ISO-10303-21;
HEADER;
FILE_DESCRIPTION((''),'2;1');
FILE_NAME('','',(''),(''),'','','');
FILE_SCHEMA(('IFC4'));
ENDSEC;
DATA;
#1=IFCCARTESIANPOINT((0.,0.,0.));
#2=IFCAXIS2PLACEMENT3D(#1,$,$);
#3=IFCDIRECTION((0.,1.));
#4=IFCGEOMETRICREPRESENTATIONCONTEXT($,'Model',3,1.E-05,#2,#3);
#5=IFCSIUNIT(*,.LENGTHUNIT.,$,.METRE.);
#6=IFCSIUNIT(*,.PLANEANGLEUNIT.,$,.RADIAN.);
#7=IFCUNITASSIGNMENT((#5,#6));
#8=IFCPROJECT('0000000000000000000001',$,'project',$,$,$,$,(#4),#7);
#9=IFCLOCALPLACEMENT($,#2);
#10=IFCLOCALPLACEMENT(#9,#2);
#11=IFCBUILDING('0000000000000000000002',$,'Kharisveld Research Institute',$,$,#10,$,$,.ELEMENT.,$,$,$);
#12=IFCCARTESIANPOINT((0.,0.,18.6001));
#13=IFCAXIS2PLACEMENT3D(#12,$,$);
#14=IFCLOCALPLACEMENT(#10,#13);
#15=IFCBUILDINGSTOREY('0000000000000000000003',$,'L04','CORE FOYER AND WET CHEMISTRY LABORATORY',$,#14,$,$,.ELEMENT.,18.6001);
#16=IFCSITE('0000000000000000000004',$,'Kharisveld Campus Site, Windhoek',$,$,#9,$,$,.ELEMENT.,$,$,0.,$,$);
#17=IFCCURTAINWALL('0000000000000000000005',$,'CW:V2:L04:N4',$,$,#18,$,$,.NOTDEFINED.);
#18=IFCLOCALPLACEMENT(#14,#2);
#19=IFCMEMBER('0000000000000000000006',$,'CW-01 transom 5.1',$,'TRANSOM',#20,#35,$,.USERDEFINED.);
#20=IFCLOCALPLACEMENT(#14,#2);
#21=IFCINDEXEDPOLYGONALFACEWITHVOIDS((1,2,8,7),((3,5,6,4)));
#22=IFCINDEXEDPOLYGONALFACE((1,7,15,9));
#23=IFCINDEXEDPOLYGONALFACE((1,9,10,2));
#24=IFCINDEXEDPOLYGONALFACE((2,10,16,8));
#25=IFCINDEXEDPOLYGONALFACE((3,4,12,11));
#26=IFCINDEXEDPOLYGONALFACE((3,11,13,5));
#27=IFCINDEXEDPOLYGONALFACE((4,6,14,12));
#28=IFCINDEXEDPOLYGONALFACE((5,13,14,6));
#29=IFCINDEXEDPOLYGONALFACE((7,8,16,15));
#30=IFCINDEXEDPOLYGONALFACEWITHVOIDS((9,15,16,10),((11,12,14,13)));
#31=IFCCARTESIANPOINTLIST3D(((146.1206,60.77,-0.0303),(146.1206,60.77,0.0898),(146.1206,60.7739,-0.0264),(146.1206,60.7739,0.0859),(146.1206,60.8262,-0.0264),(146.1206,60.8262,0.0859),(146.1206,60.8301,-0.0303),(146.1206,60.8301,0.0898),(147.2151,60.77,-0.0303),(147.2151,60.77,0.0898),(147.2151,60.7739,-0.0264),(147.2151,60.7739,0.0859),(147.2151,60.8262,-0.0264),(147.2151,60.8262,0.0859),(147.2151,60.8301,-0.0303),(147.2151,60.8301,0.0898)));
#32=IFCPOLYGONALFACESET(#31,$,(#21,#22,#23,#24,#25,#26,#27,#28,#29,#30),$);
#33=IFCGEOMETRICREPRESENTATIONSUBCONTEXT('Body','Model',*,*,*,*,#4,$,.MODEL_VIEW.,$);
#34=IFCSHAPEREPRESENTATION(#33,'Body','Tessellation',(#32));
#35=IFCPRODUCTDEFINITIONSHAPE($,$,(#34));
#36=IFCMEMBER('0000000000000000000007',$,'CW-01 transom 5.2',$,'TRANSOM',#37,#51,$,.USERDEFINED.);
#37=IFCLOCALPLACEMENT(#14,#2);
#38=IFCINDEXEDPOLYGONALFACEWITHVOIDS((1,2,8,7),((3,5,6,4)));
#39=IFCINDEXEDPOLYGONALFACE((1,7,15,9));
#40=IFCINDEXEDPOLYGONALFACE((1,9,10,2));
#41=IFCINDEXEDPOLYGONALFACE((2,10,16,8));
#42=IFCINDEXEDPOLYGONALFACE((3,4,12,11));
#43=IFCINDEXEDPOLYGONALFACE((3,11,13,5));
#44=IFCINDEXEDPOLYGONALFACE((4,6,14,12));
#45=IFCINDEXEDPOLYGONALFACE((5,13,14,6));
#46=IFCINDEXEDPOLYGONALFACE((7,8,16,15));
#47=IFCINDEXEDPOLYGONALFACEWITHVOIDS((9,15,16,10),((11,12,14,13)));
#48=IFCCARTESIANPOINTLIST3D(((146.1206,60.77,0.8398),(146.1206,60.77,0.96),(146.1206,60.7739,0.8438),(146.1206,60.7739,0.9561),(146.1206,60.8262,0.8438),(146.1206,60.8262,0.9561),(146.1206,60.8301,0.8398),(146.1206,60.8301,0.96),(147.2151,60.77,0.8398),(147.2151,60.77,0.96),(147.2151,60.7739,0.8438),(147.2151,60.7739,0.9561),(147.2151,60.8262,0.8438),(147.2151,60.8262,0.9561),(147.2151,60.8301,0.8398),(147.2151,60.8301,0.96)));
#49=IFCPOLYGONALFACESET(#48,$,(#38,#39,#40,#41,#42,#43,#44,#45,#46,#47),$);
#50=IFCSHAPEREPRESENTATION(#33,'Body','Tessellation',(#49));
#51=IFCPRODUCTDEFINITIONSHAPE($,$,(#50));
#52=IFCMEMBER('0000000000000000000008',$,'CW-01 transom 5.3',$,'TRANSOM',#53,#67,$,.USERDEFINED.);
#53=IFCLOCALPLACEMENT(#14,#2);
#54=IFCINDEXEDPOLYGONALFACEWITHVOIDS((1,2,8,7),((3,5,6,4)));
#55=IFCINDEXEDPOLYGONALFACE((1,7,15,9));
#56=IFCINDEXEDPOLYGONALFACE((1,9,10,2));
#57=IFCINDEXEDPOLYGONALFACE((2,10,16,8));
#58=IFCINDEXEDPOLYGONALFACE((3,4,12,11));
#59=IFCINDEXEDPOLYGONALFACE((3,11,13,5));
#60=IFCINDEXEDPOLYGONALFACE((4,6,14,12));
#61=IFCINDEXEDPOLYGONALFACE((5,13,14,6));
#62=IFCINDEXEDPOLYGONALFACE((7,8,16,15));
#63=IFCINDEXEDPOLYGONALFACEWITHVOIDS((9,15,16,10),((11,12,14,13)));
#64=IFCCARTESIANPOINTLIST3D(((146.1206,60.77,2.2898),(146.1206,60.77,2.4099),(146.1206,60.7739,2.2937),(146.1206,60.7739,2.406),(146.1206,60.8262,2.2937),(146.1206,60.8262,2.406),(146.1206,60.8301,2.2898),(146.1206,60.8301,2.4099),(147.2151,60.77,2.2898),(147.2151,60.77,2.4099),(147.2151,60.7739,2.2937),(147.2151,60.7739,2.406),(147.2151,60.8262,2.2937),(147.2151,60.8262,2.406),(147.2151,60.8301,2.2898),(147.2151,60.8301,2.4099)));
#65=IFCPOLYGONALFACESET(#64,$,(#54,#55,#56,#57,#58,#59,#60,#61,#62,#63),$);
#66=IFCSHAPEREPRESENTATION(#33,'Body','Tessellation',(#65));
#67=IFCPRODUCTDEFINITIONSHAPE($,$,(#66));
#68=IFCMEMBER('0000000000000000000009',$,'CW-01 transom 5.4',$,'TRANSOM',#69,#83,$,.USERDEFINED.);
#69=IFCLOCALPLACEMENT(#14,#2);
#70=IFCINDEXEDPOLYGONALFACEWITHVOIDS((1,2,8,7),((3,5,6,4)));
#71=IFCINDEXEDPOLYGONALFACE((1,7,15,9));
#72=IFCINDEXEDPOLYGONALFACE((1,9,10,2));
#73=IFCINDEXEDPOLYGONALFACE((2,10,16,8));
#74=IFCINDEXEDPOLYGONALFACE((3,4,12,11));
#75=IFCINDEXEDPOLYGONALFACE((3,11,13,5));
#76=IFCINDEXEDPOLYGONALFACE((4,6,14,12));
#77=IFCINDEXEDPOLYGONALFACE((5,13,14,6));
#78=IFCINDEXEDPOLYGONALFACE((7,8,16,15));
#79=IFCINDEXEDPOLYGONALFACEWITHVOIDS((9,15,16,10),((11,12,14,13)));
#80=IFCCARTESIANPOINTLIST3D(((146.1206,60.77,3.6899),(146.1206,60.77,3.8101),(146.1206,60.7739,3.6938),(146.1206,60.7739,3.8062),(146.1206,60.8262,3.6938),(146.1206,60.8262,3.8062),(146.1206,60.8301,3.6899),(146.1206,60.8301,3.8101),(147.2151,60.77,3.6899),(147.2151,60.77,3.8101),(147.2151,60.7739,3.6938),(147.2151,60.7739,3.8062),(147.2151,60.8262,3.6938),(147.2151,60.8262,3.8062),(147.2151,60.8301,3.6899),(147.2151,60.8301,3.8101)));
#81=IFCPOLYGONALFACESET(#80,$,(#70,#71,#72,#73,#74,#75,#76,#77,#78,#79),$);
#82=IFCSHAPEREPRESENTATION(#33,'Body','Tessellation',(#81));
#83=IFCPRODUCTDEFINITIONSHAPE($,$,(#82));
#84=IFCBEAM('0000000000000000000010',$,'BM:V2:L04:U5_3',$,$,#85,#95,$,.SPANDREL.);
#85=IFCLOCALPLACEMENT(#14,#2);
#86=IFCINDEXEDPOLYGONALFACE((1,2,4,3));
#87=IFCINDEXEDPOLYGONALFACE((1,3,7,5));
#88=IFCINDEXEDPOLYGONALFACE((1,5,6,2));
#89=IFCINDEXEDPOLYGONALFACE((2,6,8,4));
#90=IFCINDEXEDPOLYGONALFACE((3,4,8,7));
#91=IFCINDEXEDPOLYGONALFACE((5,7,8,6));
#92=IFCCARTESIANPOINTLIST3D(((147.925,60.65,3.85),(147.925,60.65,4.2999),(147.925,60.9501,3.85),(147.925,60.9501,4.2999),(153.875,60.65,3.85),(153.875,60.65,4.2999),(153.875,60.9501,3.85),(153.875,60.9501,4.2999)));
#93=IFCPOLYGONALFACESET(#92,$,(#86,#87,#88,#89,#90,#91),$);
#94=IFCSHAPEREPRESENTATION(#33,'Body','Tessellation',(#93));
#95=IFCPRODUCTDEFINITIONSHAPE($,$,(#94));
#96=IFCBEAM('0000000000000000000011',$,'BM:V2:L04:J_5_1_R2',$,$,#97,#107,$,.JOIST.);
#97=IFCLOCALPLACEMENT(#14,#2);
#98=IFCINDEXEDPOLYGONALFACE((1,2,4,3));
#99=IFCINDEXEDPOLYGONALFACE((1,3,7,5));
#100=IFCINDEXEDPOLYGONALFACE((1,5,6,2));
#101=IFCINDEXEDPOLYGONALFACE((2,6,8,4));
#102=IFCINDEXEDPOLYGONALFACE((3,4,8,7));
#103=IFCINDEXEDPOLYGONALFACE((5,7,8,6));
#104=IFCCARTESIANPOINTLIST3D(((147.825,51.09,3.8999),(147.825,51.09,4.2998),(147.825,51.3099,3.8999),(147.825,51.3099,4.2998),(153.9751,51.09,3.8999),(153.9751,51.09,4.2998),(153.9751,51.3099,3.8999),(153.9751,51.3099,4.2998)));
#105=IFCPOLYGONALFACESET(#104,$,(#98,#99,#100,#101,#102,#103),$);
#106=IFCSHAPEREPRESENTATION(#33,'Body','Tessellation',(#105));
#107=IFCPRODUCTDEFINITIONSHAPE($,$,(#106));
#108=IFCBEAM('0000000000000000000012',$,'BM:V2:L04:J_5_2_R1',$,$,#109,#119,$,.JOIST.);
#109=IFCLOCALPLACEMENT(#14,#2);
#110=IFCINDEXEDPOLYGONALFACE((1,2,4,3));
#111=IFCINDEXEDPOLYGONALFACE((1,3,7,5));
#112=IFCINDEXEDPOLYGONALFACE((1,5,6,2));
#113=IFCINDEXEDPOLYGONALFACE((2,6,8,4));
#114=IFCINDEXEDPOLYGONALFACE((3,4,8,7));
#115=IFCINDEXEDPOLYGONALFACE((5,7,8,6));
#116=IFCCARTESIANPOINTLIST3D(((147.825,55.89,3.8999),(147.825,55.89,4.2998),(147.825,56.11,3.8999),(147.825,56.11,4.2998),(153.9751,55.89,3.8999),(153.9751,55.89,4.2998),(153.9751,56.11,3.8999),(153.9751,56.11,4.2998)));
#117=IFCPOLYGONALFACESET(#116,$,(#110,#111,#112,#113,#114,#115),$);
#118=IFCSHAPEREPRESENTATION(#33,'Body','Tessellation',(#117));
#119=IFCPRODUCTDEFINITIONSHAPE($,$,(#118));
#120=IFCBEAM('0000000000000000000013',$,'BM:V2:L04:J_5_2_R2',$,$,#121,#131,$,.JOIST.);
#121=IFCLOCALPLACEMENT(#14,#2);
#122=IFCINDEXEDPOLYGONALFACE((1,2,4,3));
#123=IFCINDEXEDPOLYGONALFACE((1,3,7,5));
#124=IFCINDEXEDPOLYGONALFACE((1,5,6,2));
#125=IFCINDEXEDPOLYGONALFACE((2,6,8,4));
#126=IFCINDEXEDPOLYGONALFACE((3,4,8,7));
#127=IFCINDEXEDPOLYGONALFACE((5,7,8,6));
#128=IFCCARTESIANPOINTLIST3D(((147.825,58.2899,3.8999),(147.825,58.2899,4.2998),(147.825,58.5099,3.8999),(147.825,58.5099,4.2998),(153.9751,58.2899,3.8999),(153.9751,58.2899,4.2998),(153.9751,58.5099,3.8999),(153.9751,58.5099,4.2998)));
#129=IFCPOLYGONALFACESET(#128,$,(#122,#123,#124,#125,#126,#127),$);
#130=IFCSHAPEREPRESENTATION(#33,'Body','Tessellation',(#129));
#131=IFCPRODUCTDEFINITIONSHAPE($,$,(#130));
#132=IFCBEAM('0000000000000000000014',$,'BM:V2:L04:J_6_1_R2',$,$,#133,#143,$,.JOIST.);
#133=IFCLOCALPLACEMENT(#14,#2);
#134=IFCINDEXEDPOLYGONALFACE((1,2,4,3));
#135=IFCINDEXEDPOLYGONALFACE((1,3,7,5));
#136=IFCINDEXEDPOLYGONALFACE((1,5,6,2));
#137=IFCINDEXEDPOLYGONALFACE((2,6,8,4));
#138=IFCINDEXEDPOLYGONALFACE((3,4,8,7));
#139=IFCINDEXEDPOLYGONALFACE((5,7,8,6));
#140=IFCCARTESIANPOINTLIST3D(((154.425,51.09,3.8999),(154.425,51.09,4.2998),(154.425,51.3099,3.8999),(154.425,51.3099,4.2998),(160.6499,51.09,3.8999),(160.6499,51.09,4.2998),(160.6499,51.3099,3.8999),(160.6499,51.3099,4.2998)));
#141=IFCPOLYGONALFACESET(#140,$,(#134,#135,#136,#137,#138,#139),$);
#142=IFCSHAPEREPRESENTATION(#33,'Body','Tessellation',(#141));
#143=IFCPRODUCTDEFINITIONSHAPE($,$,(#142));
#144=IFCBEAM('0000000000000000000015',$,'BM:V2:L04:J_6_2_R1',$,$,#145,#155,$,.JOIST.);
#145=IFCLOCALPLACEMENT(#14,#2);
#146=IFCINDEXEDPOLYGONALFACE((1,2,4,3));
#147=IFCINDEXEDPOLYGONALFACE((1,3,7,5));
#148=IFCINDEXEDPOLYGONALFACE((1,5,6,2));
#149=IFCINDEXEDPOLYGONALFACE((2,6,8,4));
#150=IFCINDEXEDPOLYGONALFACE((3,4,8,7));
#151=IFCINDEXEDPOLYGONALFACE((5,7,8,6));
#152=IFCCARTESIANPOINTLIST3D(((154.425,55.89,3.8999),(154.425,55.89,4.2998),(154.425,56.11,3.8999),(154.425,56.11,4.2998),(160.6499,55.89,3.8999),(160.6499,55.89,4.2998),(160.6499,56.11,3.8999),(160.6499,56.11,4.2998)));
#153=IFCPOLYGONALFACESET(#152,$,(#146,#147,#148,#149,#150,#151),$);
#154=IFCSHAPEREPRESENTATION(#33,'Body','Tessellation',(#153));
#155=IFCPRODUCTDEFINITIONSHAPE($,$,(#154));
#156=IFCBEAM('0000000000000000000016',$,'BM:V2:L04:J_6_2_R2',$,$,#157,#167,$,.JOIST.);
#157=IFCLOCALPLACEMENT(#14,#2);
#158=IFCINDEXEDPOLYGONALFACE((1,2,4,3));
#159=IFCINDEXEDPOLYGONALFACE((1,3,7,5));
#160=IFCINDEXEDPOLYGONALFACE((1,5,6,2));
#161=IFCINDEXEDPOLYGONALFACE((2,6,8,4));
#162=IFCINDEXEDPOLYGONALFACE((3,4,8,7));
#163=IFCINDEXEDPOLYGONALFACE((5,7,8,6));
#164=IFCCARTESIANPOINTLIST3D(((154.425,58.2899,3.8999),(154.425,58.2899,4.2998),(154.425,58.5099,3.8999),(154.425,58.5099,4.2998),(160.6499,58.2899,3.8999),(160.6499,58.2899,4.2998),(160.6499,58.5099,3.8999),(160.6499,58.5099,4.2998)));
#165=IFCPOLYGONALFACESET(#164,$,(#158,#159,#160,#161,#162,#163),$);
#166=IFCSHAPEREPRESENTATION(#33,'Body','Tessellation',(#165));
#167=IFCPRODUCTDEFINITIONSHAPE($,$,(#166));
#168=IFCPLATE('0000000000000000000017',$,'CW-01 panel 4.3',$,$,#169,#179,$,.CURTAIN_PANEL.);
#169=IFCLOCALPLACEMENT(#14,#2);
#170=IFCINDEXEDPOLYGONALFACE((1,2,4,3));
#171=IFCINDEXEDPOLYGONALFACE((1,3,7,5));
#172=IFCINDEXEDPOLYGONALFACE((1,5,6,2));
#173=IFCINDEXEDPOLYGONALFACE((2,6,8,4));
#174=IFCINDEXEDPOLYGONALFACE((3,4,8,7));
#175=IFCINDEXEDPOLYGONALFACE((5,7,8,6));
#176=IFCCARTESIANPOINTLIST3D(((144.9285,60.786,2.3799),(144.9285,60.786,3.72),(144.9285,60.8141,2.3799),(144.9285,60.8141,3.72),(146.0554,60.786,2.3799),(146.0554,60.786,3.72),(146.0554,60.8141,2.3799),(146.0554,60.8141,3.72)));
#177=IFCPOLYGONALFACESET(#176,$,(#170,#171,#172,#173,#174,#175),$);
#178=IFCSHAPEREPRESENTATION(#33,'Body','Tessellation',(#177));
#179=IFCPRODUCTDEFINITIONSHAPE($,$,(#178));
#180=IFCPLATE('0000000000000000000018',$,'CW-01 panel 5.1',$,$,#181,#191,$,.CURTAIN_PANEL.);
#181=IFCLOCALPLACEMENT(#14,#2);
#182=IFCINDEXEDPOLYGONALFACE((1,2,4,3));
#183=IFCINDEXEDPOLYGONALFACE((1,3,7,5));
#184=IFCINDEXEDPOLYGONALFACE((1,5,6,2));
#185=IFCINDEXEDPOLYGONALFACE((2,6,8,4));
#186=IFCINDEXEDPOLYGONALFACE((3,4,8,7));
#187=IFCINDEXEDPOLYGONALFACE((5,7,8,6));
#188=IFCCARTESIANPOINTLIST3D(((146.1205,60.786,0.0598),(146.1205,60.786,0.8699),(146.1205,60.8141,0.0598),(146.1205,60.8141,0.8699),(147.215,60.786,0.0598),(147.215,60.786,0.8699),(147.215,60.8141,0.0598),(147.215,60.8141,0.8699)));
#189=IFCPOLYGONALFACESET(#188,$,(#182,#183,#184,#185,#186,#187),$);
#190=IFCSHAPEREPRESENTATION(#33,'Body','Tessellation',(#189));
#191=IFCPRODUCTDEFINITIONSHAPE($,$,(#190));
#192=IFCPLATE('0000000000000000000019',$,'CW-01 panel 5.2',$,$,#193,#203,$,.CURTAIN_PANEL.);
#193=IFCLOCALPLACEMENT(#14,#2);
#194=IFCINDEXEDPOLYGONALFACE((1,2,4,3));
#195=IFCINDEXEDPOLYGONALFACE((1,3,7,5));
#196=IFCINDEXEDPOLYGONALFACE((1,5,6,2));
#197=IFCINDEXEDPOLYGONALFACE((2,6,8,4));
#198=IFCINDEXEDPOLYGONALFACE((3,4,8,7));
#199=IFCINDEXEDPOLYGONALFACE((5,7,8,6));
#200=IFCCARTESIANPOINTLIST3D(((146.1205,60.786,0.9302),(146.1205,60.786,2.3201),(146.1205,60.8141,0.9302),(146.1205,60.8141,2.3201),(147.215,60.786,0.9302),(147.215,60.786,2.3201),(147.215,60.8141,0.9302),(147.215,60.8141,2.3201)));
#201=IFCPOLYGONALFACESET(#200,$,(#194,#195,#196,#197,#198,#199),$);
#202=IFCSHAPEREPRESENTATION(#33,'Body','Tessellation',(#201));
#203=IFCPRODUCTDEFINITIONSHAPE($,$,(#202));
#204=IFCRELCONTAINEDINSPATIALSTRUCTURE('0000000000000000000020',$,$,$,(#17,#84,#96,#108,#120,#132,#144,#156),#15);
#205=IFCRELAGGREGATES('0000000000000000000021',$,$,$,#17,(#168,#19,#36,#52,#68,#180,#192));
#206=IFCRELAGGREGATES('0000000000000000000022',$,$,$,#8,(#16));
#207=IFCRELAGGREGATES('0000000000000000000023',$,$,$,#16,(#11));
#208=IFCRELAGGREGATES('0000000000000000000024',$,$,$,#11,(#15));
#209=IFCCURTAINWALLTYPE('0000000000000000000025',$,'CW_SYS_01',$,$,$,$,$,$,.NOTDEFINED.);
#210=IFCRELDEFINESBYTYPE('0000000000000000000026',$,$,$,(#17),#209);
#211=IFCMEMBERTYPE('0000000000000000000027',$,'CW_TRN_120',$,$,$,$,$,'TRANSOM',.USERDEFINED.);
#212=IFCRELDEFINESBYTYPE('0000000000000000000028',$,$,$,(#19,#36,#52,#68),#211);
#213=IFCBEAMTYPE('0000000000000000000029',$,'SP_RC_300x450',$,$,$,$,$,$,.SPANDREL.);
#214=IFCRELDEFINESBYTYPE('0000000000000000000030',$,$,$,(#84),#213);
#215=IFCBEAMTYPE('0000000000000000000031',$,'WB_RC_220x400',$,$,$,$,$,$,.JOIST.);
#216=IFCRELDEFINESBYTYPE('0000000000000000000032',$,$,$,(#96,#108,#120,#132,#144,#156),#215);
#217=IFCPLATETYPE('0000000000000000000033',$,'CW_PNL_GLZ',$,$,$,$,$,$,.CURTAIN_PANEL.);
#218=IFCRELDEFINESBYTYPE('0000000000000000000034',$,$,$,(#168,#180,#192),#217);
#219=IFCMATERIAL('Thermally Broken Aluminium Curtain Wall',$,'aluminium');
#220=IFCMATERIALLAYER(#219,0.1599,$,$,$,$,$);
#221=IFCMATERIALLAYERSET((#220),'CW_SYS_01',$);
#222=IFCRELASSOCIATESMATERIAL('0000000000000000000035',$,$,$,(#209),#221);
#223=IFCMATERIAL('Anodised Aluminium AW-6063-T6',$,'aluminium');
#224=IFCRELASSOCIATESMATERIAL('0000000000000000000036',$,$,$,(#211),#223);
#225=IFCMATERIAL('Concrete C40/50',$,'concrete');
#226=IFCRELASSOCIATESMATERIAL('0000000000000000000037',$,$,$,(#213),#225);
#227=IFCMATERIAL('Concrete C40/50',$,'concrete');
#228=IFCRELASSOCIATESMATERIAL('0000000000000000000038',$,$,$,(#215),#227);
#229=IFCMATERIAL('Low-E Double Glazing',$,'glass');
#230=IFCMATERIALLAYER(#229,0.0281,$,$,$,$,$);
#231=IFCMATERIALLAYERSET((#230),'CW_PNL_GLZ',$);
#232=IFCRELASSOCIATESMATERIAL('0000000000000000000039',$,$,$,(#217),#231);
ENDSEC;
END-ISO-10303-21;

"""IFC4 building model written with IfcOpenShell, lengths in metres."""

from ifc_helpers import new_model, si_unit, direction, frame, origin, origin_2d, place, context, subcontext, project, spatial, rectangle, hollow_rectangle, extrude, material, layer, layer_set, material_profile, profile_set, type_object, element, aggregate, save


model = new_model("IFC4")

# Units and contexts
model_context = context("Model", 3, precision=1e-05, world=origin(), true_north=direction((0.0, 1.0)))
body_context = subcontext(model_context, "Body", "Model", "MODEL_VIEW")
ifc_project = project(units=[si_unit("LENGTHUNIT", "METRE"), si_unit("PLANEANGLEUNIT", "RADIAN")], contexts=[model_context])

# Site, building, storey
site_placement = place(None, origin())
site = spatial("IfcSite", under=ifc_project, at=site_placement, Name="Kharisveld Campus Site, Windhoek", CompositionType="ELEMENT", RefElevation=0.0)
building_placement = place(site_placement, origin())
building = spatial("IfcBuilding", under=site, at=building_placement, Name="Kharisveld Research Institute", CompositionType="ELEMENT")
storey_placement = place(building_placement, frame((0.0, 0.0, 18.6001)))
storey = spatial("IfcBuildingStorey", under=building, at=storey_placement, Name="L04", Description="CORE FOYER AND WET CHEMISTRY LABORATORY", CompositionType="ELEMENT", Elevation=18.6001)

# Curtain wall, members
ifc_material_1 = material(Name="Thermally Broken Aluminium Curtain Wall", Category="aluminium")
ifc_layer_1 = layer(ifc_material_1, 0.1599)
ifc_layer_set_1 = layer_set([ifc_layer_1], Name="CW_SYS_01")
curtain_wall_type = type_object("IfcCurtainWallType", Name="CW_SYS_01", PredefinedType="NOTDEFINED", material=ifc_layer_set_1)
curtain_wall_placement = place(storey_placement, origin())
curtain_wall = element("IfcCurtainWall", 1, at=curtain_wall_placement, inside=storey, type_object=curtain_wall_type, Name="CW:V2:L04:N4", PredefinedType="NOTDEFINED")
ifc_material_2 = material(Name="Anodised Aluminium AW-6063-T6", Category="aluminium")
ifc_material_profile_1 = material_profile(ifc_material_2, hollow_rectangle(XDim=0.0601, YDim=0.1201, WallThickness=0.0039, at=origin_2d()))
ifc_profile_set_1 = profile_set([ifc_material_profile_1], Name="Anodised Aluminium AW-6063-T6")
member_type_1 = type_object("IfcMemberType", Name="CW_TRN_120", ElementType="TRANSOM", PredefinedType="USERDEFINED", material=ifc_profile_set_1)
member_1_placement = place(storey_placement, frame((146.1206, 60.8, 0.0298), z_axis=(1.0, 0.0, 0.0), x_axis=(0.0, 1.0, 0.0)))
member_1 = element("IfcMember", 2, at=member_1_placement, type_object=member_type_1, Name="CW-01 transom 5.1", ObjectType="TRANSOM", PredefinedType="USERDEFINED", context=body_context, shape_type="SweptSolid", body=[
    extrude(hollow_rectangle(XDim=0.0601, YDim=0.1201, WallThickness=0.0039, at=origin_2d()), origin(), (0.0, 0.0, 1.0), 1.0945),
])
member_2_placement = place(storey_placement, frame((146.1206, 60.8, 0.8999), z_axis=(1.0, 0.0, 0.0), x_axis=(0.0, 1.0, 0.0)))
member_2 = element("IfcMember", 3, at=member_2_placement, type_object=member_type_1, Name="CW-01 transom 5.2", ObjectType="TRANSOM", PredefinedType="USERDEFINED", context=body_context, shape_type="SweptSolid", body=[
    extrude(hollow_rectangle(XDim=0.0601, YDim=0.1201, WallThickness=0.0039, at=origin_2d()), origin(), (0.0, 0.0, 1.0), 1.0945),
])
member_3_placement = place(storey_placement, frame((146.1206, 60.8, 2.3499), z_axis=(1.0, 0.0, 0.0), x_axis=(0.0, 1.0, 0.0)))
member_3 = element("IfcMember", 4, at=member_3_placement, type_object=member_type_1, Name="CW-01 transom 5.3", ObjectType="TRANSOM", PredefinedType="USERDEFINED", context=body_context, shape_type="SweptSolid", body=[
    extrude(hollow_rectangle(XDim=0.0601, YDim=0.1201, WallThickness=0.0039, at=origin_2d()), origin(), (0.0, 0.0, 1.0), 1.0945),
])
member_4_placement = place(storey_placement, frame((146.1206, 60.8, 3.75), z_axis=(1.0, 0.0, 0.0), x_axis=(0.0, 1.0, 0.0)))
member_4 = element("IfcMember", 5, at=member_4_placement, type_object=member_type_1, Name="CW-01 transom 5.4", ObjectType="TRANSOM", PredefinedType="USERDEFINED", context=body_context, shape_type="SweptSolid", body=[
    extrude(hollow_rectangle(XDim=0.0601, YDim=0.1201, WallThickness=0.0039, at=origin_2d()), origin(), (0.0, 0.0, 1.0), 1.0945),
])

# Beams
ifc_material_3 = material(Name="Concrete C40/50", Category="concrete")
ifc_material_profile_2 = material_profile(ifc_material_3, rectangle(XDim=0.3, YDim=0.45, at=origin_2d()))
ifc_profile_set_2 = profile_set([ifc_material_profile_2], Name="Concrete C40/50")
beam_type_1 = type_object("IfcBeamType", Name="SP_RC_300x450", PredefinedType="SPANDREL", material=ifc_profile_set_2)
beam_1_placement = place(storey_placement, frame((147.925, 60.8, 4.075), z_axis=(1.0, 0.0, 0.0), x_axis=(0.0, 1.0, 0.0)))
element("IfcBeam", 6, at=beam_1_placement, inside=storey, type_object=beam_type_1, Name="BM:V2:L04:U5_3", PredefinedType="SPANDREL", context=body_context, shape_type="SweptSolid", body=[
    extrude(rectangle(XDim=0.3, YDim=0.45, at=origin_2d()), origin(), (0.0, 0.0, 1.0), 5.95),
])
ifc_material_4 = material(Name="Concrete C40/50", Category="concrete")
ifc_material_profile_3 = material_profile(ifc_material_4, rectangle(XDim=0.22, YDim=0.3999, at=origin_2d()))
ifc_profile_set_3 = profile_set([ifc_material_profile_3], Name="Concrete C40/50")
beam_type_2 = type_object("IfcBeamType", Name="WB_RC_220x400", PredefinedType="JOIST", material=ifc_profile_set_3)
for number, where, z_axis, x_axis, name in (
    (7, (147.825, 51.2, 4.0999), (1.0, 0.0, 0.0), (0.0, 1.0, 0.0), "BM:V2:L04:J_5_1_R2"),
    (8, (147.825, 56.0, 4.0999), (1.0, 0.0, 0.0), (0.0, 1.0, 0.0), "BM:V2:L04:J_5_2_R1"),
    (9, (147.825, 58.3999, 4.0999), (1.0, 0.0, 0.0), (0.0, 1.0, 0.0), "BM:V2:L04:J_5_2_R2"),
):
    element("IfcBeam", number, at=place(storey_placement, frame(where, z_axis=z_axis, x_axis=x_axis)), inside=storey, type_object=beam_type_2, Name=name, PredefinedType="JOIST", context=body_context, shape_type="SweptSolid", body=[
        extrude(rectangle(XDim=0.22, YDim=0.3999, at=origin_2d()), origin(), (0.0, 0.0, 1.0), 6.1501),
    ])
for number, where, z_axis, x_axis, name in (
    (10, (154.425, 51.2, 4.0999), (1.0, 0.0, 0.0), (0.0, 1.0, 0.0), "BM:V2:L04:J_6_1_R2"),
    (11, (154.425, 56.0, 4.0999), (1.0, 0.0, 0.0), (0.0, 1.0, 0.0), "BM:V2:L04:J_6_2_R1"),
    (12, (154.425, 58.3999, 4.0999), (1.0, 0.0, 0.0), (0.0, 1.0, 0.0), "BM:V2:L04:J_6_2_R2"),
):
    element("IfcBeam", number, at=place(storey_placement, frame(where, z_axis=z_axis, x_axis=x_axis)), inside=storey, type_object=beam_type_2, Name=name, PredefinedType="JOIST", context=body_context, shape_type="SweptSolid", body=[
        extrude(rectangle(XDim=0.22, YDim=0.3999, at=origin_2d()), origin(), (0.0, 0.0, 1.0), 6.2249),
    ])

# Plates
ifc_material_5 = material(Name="Low-E Double Glazing", Category="glass")
ifc_layer_2 = layer(ifc_material_5, 0.0281)
ifc_layer_set_2 = layer_set([ifc_layer_2], Name="CW_PNL_GLZ")
plate_type_1 = type_object("IfcPlateType", Name="CW_PNL_GLZ", PredefinedType="CURTAIN_PANEL", material=ifc_layer_set_2)
plate_1_placement = place(storey_placement, frame((145.4919, 60.8, 2.3799), z_axis=(0.0, 0.0, 1.0), x_axis=(1.0, 0.0, 0.0)))
plate_1 = element("IfcPlate", 13, at=plate_1_placement, type_object=plate_type_1, Name="CW-01 panel 4.3", PredefinedType="CURTAIN_PANEL", context=body_context, shape_type="SweptSolid", body=[
    extrude(rectangle(XDim=1.127, YDim=0.0281, at=origin_2d()), origin(), (0.0, 0.0, 1.0), 1.3401),
])
plate_2_placement = place(storey_placement, frame((146.6677, 60.8, 0.0598), z_axis=(0.0, 0.0, 1.0), x_axis=(1.0, 0.0, 0.0)))
plate_2 = element("IfcPlate", 14, at=plate_2_placement, type_object=plate_type_1, Name="CW-01 panel 5.1", PredefinedType="CURTAIN_PANEL", context=body_context, shape_type="SweptSolid", body=[
    extrude(rectangle(XDim=1.0945, YDim=0.0281, at=origin_2d()), origin(), (0.0, 0.0, 1.0), 0.8101),
])
plate_3_placement = place(storey_placement, frame((146.6677, 60.8, 0.9302), z_axis=(0.0, 0.0, 1.0), x_axis=(1.0, 0.0, 0.0)))
plate_3 = element("IfcPlate", 15, at=plate_3_placement, type_object=plate_type_1, Name="CW-01 panel 5.2", PredefinedType="CURTAIN_PANEL", context=body_context, shape_type="SweptSolid", body=[
    extrude(rectangle(XDim=1.0945, YDim=0.0281, at=origin_2d()), origin(), (0.0, 0.0, 1.0), 1.3899),
])
aggregate(curtain_wall, [plate_1, member_1, member_2, member_3, member_4, plate_2, plate_3])

save(model, "model.ifc")
